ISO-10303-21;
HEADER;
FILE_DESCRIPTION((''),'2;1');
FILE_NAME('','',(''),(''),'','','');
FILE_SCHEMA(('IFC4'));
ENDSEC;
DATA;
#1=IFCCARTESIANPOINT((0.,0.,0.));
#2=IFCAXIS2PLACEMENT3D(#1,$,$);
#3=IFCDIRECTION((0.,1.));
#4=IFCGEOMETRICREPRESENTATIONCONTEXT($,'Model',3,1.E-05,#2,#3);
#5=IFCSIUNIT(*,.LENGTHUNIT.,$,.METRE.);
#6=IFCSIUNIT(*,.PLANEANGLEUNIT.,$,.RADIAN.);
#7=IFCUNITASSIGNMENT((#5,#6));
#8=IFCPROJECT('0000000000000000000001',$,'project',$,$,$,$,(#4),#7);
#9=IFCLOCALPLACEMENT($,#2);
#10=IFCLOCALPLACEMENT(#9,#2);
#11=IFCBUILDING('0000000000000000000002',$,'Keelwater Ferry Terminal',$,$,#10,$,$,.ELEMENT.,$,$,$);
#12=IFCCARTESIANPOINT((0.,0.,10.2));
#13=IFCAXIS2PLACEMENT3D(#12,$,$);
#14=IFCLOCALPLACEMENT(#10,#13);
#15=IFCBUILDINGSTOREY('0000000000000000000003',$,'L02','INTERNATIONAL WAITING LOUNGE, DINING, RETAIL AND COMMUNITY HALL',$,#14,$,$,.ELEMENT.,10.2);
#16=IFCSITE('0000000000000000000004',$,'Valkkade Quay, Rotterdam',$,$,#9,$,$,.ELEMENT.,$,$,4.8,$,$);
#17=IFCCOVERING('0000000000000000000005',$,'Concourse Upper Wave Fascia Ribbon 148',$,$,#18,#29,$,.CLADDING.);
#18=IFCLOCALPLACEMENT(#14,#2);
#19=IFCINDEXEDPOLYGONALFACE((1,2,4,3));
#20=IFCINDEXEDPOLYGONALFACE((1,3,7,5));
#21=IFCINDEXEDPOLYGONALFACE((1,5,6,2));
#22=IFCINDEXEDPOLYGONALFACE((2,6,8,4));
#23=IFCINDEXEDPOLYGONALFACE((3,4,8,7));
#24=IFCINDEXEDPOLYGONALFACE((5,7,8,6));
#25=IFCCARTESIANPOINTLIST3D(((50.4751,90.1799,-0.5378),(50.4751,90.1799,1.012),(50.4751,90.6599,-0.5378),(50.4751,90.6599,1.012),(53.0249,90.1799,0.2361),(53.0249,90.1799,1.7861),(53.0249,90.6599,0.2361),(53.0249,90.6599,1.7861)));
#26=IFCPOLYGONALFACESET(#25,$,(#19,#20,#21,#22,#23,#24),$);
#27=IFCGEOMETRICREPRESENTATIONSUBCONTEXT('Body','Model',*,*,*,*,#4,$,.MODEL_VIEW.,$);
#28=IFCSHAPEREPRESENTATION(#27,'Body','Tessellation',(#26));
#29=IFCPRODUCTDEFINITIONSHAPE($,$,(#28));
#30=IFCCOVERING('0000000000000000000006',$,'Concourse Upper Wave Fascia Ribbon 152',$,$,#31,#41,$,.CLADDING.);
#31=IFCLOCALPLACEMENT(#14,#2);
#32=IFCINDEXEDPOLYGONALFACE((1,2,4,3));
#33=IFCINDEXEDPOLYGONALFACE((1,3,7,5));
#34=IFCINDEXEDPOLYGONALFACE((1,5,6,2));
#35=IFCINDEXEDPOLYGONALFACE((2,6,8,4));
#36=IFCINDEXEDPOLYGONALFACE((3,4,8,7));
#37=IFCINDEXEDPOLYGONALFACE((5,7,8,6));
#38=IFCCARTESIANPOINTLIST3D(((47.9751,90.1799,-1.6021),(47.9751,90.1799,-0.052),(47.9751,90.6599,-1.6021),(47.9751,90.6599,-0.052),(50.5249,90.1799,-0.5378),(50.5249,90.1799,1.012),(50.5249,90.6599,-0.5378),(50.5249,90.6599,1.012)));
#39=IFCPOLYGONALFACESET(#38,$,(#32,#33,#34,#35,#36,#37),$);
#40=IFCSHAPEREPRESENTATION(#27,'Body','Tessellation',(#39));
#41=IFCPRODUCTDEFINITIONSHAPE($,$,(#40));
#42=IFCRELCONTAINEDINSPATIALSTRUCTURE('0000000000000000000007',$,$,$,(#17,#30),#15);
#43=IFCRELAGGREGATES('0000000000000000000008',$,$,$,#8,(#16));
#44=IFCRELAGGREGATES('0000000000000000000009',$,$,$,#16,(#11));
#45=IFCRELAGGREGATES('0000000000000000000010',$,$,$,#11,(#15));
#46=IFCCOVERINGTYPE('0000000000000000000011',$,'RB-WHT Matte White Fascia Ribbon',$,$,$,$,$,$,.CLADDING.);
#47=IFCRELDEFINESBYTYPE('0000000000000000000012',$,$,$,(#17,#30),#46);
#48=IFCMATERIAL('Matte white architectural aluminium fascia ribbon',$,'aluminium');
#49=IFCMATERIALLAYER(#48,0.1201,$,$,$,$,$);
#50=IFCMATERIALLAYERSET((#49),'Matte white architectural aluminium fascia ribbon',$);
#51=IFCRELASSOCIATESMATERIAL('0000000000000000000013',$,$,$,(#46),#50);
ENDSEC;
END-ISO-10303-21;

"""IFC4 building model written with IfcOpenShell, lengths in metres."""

from ifc_helpers import new_model, si_unit, direction, frame, origin, place, context, subcontext, project, spatial, polyline, outline, extrude, material, layer, layer_set, type_object, element, save


model = new_model("IFC4")

# Units and contexts
model_context = context("Model", 3, precision=1e-05, world=origin(), true_north=direction((0.0, 1.0)))
body_context = subcontext(model_context, "Body", "Model", "MODEL_VIEW")
ifc_project = project(units=[si_unit("LENGTHUNIT", "METRE"), si_unit("PLANEANGLEUNIT", "RADIAN")], contexts=[model_context])

# Site, building, storey
site_placement = place(None, origin())
site = spatial("IfcSite", under=ifc_project, at=site_placement, Name="Valkkade Quay, Rotterdam", CompositionType="ELEMENT", RefElevation=4.8)
building_placement = place(site_placement, origin())
building = spatial("IfcBuilding", under=site, at=building_placement, Name="Keelwater Ferry Terminal", CompositionType="ELEMENT")
storey_placement = place(building_placement, frame((0.0, 0.0, 10.2)))
storey = spatial("IfcBuildingStorey", under=building, at=storey_placement, Name="L02", Description="INTERNATIONAL WAITING LOUNGE, DINING, RETAIL AND COMMUNITY HALL", CompositionType="ELEMENT", Elevation=10.2)

# Coverings
ifc_material_1 = material(Name="Matte white architectural aluminium fascia ribbon", Category="aluminium")
ifc_layer_1 = layer(ifc_material_1, 0.1201)
ifc_layer_set_1 = layer_set([ifc_layer_1], Name="Matte white architectural aluminium fascia ribbon")
covering_type = type_object("IfcCoveringType", Name="RB-WHT Matte White Fascia Ribbon", PredefinedType="CLADDING", material=ifc_layer_set_1)
covering_1_placement = place(storey_placement, frame((53.0249, 90.4199, -0.5378), z_axis=(0.0, 0.0, 1.0), x_axis=(-1.0, 0.0, 0.0)))
element("IfcCovering", 1, at=covering_1_placement, inside=storey, type_object=covering_type, Name="Concourse Upper Wave Fascia Ribbon 148", PredefinedType="CLADDING", context=body_context, shape_type="SweptSolid", body=[
    extrude(outline(polyline([(0.0, 0.7739), (2.5498, 0.0), (2.5498, 1.5498), (0.0, 2.324), (0.0, 0.7739)])), frame((0.0, 0.24, 0.0), z_axis=(0.0, -1.0, 0.0), x_axis=(1.0, 0.0, 0.0)), (0.0, 0.0, 1.0), 0.48),
])
covering_2_placement = place(storey_placement, frame((50.5249, 90.4199, -1.6021), z_axis=(0.0, 0.0, 1.0), x_axis=(-1.0, 0.0, 0.0)))
element("IfcCovering", 2, at=covering_2_placement, inside=storey, type_object=covering_type, Name="Concourse Upper Wave Fascia Ribbon 152", PredefinedType="CLADDING", context=body_context, shape_type="SweptSolid", body=[
    extrude(outline(polyline([(0.0, 1.0642), (2.5498, 0.0), (2.5498, 1.55), (0.0, 2.614), (0.0, 1.0642)])), frame((0.0, 0.24, 0.0), z_axis=(0.0, -1.0, 0.0), x_axis=(1.0, 0.0, 0.0)), (0.0, 0.0, 1.0), 0.48),
])

save(model, "model.ifc")
